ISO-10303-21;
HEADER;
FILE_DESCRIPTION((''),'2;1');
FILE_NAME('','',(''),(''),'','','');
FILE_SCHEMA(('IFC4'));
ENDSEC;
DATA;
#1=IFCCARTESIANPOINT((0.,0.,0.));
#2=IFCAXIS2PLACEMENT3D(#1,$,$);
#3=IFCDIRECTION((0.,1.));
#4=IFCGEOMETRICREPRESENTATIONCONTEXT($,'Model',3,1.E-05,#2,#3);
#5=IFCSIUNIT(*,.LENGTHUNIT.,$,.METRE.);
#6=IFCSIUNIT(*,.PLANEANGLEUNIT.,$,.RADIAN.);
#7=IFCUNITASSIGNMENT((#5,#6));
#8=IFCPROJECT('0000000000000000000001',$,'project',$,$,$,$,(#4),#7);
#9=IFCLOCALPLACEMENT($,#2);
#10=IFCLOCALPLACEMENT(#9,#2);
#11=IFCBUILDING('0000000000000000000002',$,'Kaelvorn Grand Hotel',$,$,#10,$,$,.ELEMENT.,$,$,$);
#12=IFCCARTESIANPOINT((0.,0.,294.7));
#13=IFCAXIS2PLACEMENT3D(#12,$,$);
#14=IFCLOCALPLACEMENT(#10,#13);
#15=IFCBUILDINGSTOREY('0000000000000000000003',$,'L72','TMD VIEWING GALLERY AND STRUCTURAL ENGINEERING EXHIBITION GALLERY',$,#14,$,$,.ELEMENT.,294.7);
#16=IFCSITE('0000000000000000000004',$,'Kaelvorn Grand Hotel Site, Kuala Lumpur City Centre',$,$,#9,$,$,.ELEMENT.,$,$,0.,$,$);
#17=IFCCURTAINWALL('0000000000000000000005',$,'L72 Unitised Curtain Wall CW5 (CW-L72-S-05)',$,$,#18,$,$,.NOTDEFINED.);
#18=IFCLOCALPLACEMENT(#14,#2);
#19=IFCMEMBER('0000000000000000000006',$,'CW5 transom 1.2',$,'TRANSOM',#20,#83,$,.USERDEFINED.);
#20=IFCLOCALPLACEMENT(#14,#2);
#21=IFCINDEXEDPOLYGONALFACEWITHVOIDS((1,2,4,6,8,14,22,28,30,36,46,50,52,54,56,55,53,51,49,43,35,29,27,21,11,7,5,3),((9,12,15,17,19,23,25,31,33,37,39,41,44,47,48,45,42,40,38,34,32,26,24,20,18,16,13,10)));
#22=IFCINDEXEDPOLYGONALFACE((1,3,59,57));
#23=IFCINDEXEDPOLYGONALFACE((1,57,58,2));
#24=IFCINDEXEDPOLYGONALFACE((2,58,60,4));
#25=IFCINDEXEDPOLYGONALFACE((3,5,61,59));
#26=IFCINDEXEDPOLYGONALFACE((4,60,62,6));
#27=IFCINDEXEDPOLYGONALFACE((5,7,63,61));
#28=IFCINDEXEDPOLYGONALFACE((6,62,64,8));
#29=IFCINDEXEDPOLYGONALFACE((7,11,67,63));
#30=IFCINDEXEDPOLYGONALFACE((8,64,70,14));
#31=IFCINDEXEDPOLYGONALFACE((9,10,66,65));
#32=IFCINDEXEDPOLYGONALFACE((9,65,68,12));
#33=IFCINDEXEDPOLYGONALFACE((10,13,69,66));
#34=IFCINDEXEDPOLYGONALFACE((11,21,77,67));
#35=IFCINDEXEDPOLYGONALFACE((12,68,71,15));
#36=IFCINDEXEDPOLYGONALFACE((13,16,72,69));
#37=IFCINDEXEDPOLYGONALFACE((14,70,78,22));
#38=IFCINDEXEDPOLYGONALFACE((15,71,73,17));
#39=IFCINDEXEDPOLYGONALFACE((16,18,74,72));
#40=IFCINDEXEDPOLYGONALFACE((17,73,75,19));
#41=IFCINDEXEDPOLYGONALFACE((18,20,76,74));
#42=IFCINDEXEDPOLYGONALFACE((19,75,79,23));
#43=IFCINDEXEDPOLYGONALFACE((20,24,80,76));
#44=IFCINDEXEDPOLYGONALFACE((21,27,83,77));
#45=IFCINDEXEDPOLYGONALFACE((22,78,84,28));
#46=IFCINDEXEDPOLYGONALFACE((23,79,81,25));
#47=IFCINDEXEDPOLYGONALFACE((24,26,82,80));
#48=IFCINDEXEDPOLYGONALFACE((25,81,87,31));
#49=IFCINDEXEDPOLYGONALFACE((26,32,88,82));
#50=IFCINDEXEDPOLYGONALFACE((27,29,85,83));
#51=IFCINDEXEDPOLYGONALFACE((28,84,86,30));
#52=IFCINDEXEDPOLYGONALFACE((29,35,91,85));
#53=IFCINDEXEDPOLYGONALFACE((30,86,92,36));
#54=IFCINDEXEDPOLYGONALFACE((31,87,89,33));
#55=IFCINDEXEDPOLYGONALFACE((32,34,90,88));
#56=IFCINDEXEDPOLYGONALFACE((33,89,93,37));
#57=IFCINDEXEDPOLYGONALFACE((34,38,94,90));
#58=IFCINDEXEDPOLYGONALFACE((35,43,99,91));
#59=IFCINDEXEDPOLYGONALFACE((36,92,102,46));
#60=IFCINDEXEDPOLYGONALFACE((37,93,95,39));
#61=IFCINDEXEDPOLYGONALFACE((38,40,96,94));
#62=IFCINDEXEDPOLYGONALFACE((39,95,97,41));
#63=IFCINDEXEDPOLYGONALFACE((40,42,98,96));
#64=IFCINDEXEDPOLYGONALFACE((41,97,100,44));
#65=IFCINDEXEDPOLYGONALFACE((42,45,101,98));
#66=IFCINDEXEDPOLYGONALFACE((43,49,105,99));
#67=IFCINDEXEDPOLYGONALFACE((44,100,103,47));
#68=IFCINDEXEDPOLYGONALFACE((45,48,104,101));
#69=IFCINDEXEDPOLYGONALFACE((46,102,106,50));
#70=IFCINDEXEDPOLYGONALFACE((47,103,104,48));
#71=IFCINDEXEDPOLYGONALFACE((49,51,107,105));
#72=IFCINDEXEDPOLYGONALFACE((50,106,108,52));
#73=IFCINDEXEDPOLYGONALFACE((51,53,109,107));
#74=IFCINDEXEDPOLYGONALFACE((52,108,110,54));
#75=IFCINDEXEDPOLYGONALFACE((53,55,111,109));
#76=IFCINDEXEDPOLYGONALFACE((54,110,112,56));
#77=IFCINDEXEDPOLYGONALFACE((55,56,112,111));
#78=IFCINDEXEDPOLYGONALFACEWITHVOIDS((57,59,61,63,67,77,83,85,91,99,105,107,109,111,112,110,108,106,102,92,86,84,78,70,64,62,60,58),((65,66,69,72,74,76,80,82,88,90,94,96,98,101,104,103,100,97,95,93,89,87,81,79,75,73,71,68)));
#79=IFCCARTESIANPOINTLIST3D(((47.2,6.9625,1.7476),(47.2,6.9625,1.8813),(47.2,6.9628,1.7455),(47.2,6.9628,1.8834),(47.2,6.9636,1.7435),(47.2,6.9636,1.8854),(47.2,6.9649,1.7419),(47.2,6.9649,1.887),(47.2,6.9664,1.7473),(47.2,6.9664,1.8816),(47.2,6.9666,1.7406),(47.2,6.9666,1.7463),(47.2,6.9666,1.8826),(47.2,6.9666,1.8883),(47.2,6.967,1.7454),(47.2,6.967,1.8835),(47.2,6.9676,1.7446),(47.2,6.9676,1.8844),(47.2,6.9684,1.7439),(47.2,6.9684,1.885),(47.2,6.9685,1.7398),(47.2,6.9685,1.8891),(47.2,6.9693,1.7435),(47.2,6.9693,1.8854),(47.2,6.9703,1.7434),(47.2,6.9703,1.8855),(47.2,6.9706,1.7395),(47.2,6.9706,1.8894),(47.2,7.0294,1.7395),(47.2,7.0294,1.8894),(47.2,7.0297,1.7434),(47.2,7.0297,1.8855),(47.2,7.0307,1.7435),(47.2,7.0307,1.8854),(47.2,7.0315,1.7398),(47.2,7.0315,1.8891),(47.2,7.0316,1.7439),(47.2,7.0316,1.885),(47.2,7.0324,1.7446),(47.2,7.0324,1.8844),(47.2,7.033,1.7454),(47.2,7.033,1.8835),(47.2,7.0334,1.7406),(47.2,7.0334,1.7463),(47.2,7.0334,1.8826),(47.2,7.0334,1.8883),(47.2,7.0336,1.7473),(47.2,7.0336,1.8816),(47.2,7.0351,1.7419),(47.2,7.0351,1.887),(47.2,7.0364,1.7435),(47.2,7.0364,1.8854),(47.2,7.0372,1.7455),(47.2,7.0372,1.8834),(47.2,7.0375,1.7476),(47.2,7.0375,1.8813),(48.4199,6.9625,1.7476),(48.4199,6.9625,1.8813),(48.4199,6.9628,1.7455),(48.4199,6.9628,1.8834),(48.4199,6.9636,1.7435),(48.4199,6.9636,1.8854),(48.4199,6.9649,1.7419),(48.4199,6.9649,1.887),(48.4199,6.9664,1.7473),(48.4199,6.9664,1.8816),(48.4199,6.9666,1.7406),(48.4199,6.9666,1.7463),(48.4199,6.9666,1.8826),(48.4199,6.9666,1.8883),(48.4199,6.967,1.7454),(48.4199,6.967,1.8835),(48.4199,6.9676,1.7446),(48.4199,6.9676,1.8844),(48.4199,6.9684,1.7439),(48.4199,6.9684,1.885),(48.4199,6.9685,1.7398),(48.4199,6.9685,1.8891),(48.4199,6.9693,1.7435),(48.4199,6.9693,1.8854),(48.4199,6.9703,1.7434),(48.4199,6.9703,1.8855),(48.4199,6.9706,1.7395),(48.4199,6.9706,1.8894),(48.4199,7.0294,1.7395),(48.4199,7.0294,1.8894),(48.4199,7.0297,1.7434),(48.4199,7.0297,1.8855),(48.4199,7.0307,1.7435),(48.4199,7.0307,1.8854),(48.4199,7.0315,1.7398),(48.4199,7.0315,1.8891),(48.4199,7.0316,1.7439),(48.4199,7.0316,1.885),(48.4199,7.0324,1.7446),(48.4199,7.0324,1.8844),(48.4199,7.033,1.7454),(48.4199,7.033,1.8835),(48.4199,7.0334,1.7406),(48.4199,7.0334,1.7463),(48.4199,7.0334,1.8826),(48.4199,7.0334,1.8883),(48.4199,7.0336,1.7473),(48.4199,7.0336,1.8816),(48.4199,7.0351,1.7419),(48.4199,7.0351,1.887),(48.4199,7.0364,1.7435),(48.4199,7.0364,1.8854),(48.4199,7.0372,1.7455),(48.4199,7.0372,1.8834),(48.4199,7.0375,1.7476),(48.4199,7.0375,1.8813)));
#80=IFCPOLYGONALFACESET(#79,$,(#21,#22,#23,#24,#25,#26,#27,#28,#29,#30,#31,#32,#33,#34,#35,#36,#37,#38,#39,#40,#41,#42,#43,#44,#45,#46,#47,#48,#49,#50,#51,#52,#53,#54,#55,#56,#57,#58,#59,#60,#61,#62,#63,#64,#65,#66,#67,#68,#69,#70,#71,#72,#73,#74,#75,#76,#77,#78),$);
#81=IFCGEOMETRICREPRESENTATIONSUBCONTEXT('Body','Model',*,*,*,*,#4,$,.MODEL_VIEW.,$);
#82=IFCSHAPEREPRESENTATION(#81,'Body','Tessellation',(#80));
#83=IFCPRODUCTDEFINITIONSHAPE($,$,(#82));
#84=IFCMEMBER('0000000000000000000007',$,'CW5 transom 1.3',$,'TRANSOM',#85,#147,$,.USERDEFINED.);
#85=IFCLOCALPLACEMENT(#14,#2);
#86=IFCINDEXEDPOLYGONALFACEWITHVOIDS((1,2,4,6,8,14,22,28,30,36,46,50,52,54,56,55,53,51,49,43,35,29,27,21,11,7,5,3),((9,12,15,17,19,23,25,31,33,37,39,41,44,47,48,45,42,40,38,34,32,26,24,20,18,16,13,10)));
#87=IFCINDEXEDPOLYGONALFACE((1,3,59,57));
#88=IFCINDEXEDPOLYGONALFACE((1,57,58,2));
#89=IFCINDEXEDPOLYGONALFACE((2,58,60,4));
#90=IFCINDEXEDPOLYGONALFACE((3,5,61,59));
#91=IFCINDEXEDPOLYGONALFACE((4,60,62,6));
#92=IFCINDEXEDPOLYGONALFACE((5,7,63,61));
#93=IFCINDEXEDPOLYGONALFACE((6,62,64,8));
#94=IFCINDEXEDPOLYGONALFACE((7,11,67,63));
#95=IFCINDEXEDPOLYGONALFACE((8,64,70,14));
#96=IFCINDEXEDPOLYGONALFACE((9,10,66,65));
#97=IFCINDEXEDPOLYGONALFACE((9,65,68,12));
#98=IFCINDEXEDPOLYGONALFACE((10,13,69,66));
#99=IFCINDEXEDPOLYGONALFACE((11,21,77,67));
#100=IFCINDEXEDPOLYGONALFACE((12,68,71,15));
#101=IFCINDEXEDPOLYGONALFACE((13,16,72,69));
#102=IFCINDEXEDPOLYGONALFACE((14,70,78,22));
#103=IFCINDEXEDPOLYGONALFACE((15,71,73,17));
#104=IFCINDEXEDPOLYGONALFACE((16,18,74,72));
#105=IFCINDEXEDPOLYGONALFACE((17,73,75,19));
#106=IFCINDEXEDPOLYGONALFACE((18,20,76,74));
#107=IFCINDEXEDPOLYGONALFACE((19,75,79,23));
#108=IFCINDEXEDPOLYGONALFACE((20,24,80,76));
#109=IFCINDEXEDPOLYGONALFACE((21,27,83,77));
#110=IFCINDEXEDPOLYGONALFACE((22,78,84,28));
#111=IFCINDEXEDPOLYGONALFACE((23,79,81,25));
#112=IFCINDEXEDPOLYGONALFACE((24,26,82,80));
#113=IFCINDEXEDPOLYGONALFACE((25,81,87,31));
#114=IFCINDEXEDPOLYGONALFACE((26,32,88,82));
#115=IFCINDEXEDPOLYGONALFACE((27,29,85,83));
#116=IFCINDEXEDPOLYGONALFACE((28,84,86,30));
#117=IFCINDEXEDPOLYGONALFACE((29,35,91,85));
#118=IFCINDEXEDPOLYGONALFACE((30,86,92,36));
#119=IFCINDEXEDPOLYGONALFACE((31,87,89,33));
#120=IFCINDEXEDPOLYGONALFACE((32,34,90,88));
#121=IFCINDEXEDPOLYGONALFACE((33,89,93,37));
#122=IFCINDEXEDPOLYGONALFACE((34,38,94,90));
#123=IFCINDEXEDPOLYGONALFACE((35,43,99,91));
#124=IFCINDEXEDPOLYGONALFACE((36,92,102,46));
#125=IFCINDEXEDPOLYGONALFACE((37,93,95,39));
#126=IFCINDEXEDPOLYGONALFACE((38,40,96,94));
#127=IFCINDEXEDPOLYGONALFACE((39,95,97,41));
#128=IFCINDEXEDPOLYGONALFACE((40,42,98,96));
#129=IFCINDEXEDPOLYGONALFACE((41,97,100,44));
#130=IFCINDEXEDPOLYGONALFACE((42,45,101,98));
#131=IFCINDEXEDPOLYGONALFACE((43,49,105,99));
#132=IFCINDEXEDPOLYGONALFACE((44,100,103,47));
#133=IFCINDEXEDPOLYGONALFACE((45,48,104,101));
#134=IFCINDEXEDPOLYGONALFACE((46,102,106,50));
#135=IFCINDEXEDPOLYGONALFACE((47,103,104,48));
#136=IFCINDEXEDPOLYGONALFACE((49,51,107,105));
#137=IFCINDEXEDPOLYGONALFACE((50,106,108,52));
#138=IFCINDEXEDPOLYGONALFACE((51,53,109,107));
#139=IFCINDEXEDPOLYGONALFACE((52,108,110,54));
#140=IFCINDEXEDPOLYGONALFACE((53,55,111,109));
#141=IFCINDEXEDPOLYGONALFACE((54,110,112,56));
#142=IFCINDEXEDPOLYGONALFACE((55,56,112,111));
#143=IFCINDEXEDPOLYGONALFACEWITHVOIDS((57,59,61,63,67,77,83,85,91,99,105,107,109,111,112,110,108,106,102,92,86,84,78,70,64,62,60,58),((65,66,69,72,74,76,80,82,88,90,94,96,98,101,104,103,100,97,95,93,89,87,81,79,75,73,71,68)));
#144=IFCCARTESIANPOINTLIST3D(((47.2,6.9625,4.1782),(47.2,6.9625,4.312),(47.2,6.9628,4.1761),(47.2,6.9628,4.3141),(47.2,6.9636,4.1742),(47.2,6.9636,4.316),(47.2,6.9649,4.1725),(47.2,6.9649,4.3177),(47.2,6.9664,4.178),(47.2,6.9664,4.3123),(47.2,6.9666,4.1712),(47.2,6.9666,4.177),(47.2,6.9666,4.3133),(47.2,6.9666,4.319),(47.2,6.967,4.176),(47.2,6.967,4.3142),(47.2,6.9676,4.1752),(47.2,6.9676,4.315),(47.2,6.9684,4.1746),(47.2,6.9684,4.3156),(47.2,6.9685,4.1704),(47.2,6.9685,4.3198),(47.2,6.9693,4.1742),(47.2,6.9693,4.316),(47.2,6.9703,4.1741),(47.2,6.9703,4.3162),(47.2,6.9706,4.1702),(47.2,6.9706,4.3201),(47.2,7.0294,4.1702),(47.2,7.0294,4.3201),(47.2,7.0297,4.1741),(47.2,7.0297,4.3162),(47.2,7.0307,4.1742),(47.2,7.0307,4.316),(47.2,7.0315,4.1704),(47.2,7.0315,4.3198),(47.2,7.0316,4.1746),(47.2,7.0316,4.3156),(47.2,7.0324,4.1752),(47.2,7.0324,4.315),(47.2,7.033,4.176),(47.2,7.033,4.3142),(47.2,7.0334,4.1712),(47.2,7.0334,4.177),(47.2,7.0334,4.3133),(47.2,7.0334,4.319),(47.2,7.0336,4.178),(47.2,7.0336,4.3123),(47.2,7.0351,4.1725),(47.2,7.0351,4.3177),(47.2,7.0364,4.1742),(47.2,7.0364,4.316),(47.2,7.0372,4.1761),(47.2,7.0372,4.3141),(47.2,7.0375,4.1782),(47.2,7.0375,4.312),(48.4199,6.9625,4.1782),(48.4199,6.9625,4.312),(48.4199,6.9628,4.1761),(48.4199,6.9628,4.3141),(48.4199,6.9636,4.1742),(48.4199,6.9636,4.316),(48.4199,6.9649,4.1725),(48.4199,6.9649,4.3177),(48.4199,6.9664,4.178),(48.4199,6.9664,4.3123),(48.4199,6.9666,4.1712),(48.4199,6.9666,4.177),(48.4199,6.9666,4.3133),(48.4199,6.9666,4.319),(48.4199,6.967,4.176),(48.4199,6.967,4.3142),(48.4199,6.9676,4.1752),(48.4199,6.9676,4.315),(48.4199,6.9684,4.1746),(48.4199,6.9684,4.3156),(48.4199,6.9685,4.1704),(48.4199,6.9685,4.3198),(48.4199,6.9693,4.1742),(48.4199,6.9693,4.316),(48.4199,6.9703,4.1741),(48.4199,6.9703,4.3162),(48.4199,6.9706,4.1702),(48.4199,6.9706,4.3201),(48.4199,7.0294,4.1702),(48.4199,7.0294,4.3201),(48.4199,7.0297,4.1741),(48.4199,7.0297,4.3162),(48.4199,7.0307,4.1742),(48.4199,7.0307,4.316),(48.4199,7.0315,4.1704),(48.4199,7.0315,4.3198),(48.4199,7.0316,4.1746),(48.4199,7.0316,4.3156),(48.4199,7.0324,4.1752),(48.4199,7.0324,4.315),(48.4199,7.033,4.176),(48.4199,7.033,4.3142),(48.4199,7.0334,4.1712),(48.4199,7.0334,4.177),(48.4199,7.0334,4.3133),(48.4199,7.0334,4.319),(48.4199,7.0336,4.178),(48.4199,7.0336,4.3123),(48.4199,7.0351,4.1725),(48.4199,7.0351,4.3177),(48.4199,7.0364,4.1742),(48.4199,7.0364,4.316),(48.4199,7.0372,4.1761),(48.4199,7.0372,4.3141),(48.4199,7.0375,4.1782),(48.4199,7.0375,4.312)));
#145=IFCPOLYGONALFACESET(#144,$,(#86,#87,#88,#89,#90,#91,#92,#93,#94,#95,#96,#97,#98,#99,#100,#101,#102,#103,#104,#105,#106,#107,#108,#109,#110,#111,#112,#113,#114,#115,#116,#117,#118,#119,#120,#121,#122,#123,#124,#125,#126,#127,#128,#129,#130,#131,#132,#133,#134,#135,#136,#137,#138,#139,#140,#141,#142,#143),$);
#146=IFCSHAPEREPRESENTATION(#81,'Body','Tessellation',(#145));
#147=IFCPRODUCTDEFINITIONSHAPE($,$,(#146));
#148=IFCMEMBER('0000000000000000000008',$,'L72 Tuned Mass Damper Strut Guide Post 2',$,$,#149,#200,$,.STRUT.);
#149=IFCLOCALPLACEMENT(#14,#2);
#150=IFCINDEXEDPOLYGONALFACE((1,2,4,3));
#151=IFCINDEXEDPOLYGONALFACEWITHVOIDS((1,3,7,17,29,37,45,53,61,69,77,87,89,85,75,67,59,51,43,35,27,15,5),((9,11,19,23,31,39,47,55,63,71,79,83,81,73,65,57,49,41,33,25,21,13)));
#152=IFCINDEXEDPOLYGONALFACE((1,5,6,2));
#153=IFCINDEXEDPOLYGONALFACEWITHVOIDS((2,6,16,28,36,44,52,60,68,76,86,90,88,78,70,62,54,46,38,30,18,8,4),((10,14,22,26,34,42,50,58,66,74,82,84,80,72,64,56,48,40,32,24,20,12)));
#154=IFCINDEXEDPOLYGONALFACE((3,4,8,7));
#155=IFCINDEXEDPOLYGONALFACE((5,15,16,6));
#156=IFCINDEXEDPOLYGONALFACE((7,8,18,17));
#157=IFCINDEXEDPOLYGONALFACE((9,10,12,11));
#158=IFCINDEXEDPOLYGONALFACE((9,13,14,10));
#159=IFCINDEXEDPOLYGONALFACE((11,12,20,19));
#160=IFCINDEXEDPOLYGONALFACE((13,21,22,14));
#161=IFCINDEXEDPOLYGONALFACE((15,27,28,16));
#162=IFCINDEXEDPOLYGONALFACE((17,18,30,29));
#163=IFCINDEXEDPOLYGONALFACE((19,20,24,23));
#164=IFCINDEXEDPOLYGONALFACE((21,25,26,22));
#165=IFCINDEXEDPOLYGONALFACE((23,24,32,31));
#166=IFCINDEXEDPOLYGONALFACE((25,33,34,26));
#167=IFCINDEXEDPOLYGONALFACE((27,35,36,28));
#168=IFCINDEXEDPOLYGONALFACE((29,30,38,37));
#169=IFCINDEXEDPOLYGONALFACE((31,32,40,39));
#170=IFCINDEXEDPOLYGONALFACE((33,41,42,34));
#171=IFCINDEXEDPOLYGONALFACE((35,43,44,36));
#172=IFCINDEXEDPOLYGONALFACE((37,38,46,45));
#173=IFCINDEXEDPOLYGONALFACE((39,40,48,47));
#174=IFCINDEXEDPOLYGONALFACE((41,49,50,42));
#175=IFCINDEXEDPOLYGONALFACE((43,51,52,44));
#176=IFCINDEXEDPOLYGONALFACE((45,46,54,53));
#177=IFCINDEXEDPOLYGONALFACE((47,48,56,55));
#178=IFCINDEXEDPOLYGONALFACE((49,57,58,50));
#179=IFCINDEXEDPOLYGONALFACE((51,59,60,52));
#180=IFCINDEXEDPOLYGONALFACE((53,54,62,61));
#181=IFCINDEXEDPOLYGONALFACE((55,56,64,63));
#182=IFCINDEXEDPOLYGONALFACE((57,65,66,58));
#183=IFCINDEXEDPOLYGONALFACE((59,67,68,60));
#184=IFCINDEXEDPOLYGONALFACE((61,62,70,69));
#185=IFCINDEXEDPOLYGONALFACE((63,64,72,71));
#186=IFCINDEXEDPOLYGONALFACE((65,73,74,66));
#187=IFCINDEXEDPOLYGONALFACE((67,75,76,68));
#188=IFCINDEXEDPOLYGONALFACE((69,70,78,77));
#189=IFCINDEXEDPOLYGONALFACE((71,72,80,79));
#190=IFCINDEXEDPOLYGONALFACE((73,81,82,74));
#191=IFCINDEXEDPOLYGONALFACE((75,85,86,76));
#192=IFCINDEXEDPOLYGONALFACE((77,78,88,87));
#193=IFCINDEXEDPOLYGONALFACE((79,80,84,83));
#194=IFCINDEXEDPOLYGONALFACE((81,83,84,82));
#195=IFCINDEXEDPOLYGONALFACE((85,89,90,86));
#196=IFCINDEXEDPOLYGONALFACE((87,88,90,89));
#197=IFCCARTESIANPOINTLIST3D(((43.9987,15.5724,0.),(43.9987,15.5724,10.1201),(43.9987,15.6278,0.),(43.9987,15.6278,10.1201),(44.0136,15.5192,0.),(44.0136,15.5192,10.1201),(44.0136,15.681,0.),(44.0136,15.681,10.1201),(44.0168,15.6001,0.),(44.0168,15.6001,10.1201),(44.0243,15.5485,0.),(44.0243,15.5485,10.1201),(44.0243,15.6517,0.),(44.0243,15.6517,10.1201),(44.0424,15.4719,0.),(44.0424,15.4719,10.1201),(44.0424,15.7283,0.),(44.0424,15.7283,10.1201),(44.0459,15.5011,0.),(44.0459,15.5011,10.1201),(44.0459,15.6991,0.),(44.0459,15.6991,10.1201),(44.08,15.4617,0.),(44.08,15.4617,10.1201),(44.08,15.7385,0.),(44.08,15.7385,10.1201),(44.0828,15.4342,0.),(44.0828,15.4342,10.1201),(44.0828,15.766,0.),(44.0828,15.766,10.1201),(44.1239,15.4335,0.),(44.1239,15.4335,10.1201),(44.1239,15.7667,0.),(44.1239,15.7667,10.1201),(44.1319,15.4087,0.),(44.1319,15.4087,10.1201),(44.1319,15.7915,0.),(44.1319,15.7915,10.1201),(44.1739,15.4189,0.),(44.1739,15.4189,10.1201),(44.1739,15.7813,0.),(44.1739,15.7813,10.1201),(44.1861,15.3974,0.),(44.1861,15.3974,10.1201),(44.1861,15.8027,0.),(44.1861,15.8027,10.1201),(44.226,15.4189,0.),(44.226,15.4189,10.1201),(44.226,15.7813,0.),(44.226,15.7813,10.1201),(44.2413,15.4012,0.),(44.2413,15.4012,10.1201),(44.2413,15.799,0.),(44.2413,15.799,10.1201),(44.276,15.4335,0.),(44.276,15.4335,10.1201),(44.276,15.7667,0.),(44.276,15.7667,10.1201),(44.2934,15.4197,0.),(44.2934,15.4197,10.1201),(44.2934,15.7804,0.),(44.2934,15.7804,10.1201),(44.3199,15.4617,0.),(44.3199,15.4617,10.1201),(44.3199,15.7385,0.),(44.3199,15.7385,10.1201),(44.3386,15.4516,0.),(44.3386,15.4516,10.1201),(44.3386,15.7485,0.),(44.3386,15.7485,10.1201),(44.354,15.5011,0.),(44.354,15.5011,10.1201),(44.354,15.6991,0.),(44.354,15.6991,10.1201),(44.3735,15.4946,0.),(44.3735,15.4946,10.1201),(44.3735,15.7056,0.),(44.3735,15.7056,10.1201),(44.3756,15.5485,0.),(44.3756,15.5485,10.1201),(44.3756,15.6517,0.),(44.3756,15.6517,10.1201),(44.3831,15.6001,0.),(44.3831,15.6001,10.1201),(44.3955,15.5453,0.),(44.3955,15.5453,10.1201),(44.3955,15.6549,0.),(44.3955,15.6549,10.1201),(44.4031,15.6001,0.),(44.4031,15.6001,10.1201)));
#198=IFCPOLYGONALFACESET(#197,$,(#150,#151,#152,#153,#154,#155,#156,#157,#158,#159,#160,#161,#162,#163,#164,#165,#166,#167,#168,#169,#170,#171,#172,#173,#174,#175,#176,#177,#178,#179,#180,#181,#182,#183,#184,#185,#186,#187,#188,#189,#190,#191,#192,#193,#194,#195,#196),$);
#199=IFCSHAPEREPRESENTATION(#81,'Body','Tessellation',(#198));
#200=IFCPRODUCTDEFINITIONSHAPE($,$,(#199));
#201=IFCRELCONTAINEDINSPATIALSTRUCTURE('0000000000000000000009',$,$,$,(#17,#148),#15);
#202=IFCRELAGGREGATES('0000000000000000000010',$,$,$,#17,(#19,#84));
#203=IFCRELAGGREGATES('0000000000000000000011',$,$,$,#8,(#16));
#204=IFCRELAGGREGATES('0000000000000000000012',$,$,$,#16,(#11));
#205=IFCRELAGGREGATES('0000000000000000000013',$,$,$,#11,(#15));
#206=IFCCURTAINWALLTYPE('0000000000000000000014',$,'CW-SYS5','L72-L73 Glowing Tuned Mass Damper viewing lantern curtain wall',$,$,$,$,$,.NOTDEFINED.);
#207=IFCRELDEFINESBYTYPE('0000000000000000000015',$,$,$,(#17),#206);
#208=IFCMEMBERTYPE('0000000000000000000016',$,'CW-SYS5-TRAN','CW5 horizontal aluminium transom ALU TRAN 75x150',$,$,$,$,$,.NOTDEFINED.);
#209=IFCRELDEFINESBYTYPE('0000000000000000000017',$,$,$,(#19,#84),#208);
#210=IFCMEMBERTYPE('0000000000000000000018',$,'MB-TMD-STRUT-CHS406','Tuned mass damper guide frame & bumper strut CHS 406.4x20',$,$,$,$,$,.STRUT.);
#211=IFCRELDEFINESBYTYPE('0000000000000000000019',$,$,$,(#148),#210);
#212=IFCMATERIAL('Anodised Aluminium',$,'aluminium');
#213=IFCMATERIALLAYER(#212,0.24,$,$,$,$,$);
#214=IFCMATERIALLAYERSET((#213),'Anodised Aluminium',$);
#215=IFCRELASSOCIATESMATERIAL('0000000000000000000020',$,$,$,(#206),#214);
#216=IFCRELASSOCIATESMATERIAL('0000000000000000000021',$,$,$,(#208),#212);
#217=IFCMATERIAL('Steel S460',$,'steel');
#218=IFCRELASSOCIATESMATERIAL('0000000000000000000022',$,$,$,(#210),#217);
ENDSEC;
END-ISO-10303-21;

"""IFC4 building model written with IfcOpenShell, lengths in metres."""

from ifc_helpers import new_model, si_unit, direction, frame, origin, origin_2d, place, context, subcontext, project, spatial, hollow_rectangle, hollow_circle, extrude, material, layer, layer_set, material_profile, profile_set, type_object, element, aggregate, save


model = new_model("IFC4")

# Units and contexts
model_context = context("Model", 3, precision=1e-05, world=origin(), true_north=direction((0.0, 1.0)))
body_context = subcontext(model_context, "Body", "Model", "MODEL_VIEW")
ifc_project = project(units=[si_unit("LENGTHUNIT", "METRE"), si_unit("PLANEANGLEUNIT", "RADIAN")], contexts=[model_context])

# Site, building, storey
site_placement = place(None, origin())
site = spatial("IfcSite", under=ifc_project, at=site_placement, Name="Kaelvorn Grand Hotel Site, Kuala Lumpur City Centre", CompositionType="ELEMENT", RefElevation=0.0)
building_placement = place(site_placement, origin())
building = spatial("IfcBuilding", under=site, at=building_placement, Name="Kaelvorn Grand Hotel", CompositionType="ELEMENT")
storey_placement = place(building_placement, frame((0.0, 0.0, 294.7)))
storey = spatial("IfcBuildingStorey", under=building, at=storey_placement, Name="L72", Description="TMD VIEWING GALLERY AND STRUCTURAL ENGINEERING EXHIBITION GALLERY", CompositionType="ELEMENT", Elevation=294.7)

# Shared definitions
ifc_material_1 = material(Name="Steel S460", Category="steel")

# Curtain wall, members
ifc_material_2 = material(Name="Anodised Aluminium", Category="aluminium")
ifc_layer_1 = layer(ifc_material_2, 0.24)
ifc_layer_set_1 = layer_set([ifc_layer_1], Name="Anodised Aluminium")
curtain_wall_type = type_object("IfcCurtainWallType", Name="CW-SYS5", Description="L72-L73 Glowing Tuned Mass Damper viewing lantern curtain wall", PredefinedType="NOTDEFINED", material=ifc_layer_set_1)
curtain_wall_placement = place(storey_placement, origin())
curtain_wall = element("IfcCurtainWall", 1, at=curtain_wall_placement, inside=storey, type_object=curtain_wall_type, Name="L72 Unitised Curtain Wall CW5 (CW-L72-S-05)", PredefinedType="NOTDEFINED")
ifc_material_profile_1 = material_profile(ifc_material_2, hollow_rectangle(XDim=0.075, YDim=0.1499, WallThickness=0.0039, InnerFilletRadius=0.0039, OuterFilletRadius=0.0081, at=origin_2d()), Name="ALU TRAN 75x150")
ifc_profile_set_1 = profile_set([ifc_material_profile_1], Name="Anodised Aluminium")
member_type_1 = type_object("IfcMemberType", Name="CW-SYS5-TRAN", Description="CW5 horizontal aluminium transom ALU TRAN 75x150", PredefinedType="NOTDEFINED", material=ifc_profile_set_1)
member_1_placement = place(storey_placement, frame((47.2, 7.0, 1.8145), z_axis=(1.0, 0.0, 0.0), x_axis=(0.0, 1.0, 0.0)))
member_1 = element("IfcMember", 2, at=member_1_placement, type_object=member_type_1, Name="CW5 transom 1.2", ObjectType="TRANSOM", PredefinedType="USERDEFINED", context=body_context, shape_type="SweptSolid", body=[
    extrude(hollow_rectangle(XDim=0.075, YDim=0.1499, WallThickness=0.0039, InnerFilletRadius=0.0039, OuterFilletRadius=0.0081, at=origin_2d()), origin(), (0.0, 0.0, 1.0), 1.22),
])
member_2_placement = place(storey_placement, frame((47.2, 7.0, 4.2451), z_axis=(1.0, 0.0, 0.0), x_axis=(0.0, 1.0, 0.0)))
member_2 = element("IfcMember", 3, at=member_2_placement, type_object=member_type_1, Name="CW5 transom 1.3", ObjectType="TRANSOM", PredefinedType="USERDEFINED", context=body_context, shape_type="SweptSolid", body=[
    extrude(hollow_rectangle(XDim=0.075, YDim=0.1499, WallThickness=0.0039, InnerFilletRadius=0.0039, OuterFilletRadius=0.0081, at=origin_2d()), origin(), (0.0, 0.0, 1.0), 1.22),
])

# Member
ifc_material_profile_2 = material_profile(ifc_material_1, hollow_circle(Radius=0.2031, WallThickness=0.02, at=origin_2d()), Name="CHS 406.4x20.0")
ifc_profile_set_2 = profile_set([ifc_material_profile_2], Name="Steel S460")
member_type_2 = type_object("IfcMemberType", Name="MB-TMD-STRUT-CHS406", Description="Tuned mass damper guide frame & bumper strut CHS 406.4x20", PredefinedType="STRUT", material=ifc_profile_set_2)
member_3_placement = place(storey_placement, frame((44.2, 15.6001, 0.0), z_axis=(0.0, 0.0, 1.0), x_axis=(1.0, 0.0, 0.0)))
element("IfcMember", 4, at=member_3_placement, inside=storey, type_object=member_type_2, Name="L72 Tuned Mass Damper Strut Guide Post 2", PredefinedType="STRUT", context=body_context, shape_type="SweptSolid", body=[
    extrude(hollow_circle(Radius=0.2031, WallThickness=0.02, at=origin_2d()), origin(), (0.0, 0.0, 1.0), 10.1201),
])

aggregate(curtain_wall, [member_1, member_2])

save(model, "model.ifc")
